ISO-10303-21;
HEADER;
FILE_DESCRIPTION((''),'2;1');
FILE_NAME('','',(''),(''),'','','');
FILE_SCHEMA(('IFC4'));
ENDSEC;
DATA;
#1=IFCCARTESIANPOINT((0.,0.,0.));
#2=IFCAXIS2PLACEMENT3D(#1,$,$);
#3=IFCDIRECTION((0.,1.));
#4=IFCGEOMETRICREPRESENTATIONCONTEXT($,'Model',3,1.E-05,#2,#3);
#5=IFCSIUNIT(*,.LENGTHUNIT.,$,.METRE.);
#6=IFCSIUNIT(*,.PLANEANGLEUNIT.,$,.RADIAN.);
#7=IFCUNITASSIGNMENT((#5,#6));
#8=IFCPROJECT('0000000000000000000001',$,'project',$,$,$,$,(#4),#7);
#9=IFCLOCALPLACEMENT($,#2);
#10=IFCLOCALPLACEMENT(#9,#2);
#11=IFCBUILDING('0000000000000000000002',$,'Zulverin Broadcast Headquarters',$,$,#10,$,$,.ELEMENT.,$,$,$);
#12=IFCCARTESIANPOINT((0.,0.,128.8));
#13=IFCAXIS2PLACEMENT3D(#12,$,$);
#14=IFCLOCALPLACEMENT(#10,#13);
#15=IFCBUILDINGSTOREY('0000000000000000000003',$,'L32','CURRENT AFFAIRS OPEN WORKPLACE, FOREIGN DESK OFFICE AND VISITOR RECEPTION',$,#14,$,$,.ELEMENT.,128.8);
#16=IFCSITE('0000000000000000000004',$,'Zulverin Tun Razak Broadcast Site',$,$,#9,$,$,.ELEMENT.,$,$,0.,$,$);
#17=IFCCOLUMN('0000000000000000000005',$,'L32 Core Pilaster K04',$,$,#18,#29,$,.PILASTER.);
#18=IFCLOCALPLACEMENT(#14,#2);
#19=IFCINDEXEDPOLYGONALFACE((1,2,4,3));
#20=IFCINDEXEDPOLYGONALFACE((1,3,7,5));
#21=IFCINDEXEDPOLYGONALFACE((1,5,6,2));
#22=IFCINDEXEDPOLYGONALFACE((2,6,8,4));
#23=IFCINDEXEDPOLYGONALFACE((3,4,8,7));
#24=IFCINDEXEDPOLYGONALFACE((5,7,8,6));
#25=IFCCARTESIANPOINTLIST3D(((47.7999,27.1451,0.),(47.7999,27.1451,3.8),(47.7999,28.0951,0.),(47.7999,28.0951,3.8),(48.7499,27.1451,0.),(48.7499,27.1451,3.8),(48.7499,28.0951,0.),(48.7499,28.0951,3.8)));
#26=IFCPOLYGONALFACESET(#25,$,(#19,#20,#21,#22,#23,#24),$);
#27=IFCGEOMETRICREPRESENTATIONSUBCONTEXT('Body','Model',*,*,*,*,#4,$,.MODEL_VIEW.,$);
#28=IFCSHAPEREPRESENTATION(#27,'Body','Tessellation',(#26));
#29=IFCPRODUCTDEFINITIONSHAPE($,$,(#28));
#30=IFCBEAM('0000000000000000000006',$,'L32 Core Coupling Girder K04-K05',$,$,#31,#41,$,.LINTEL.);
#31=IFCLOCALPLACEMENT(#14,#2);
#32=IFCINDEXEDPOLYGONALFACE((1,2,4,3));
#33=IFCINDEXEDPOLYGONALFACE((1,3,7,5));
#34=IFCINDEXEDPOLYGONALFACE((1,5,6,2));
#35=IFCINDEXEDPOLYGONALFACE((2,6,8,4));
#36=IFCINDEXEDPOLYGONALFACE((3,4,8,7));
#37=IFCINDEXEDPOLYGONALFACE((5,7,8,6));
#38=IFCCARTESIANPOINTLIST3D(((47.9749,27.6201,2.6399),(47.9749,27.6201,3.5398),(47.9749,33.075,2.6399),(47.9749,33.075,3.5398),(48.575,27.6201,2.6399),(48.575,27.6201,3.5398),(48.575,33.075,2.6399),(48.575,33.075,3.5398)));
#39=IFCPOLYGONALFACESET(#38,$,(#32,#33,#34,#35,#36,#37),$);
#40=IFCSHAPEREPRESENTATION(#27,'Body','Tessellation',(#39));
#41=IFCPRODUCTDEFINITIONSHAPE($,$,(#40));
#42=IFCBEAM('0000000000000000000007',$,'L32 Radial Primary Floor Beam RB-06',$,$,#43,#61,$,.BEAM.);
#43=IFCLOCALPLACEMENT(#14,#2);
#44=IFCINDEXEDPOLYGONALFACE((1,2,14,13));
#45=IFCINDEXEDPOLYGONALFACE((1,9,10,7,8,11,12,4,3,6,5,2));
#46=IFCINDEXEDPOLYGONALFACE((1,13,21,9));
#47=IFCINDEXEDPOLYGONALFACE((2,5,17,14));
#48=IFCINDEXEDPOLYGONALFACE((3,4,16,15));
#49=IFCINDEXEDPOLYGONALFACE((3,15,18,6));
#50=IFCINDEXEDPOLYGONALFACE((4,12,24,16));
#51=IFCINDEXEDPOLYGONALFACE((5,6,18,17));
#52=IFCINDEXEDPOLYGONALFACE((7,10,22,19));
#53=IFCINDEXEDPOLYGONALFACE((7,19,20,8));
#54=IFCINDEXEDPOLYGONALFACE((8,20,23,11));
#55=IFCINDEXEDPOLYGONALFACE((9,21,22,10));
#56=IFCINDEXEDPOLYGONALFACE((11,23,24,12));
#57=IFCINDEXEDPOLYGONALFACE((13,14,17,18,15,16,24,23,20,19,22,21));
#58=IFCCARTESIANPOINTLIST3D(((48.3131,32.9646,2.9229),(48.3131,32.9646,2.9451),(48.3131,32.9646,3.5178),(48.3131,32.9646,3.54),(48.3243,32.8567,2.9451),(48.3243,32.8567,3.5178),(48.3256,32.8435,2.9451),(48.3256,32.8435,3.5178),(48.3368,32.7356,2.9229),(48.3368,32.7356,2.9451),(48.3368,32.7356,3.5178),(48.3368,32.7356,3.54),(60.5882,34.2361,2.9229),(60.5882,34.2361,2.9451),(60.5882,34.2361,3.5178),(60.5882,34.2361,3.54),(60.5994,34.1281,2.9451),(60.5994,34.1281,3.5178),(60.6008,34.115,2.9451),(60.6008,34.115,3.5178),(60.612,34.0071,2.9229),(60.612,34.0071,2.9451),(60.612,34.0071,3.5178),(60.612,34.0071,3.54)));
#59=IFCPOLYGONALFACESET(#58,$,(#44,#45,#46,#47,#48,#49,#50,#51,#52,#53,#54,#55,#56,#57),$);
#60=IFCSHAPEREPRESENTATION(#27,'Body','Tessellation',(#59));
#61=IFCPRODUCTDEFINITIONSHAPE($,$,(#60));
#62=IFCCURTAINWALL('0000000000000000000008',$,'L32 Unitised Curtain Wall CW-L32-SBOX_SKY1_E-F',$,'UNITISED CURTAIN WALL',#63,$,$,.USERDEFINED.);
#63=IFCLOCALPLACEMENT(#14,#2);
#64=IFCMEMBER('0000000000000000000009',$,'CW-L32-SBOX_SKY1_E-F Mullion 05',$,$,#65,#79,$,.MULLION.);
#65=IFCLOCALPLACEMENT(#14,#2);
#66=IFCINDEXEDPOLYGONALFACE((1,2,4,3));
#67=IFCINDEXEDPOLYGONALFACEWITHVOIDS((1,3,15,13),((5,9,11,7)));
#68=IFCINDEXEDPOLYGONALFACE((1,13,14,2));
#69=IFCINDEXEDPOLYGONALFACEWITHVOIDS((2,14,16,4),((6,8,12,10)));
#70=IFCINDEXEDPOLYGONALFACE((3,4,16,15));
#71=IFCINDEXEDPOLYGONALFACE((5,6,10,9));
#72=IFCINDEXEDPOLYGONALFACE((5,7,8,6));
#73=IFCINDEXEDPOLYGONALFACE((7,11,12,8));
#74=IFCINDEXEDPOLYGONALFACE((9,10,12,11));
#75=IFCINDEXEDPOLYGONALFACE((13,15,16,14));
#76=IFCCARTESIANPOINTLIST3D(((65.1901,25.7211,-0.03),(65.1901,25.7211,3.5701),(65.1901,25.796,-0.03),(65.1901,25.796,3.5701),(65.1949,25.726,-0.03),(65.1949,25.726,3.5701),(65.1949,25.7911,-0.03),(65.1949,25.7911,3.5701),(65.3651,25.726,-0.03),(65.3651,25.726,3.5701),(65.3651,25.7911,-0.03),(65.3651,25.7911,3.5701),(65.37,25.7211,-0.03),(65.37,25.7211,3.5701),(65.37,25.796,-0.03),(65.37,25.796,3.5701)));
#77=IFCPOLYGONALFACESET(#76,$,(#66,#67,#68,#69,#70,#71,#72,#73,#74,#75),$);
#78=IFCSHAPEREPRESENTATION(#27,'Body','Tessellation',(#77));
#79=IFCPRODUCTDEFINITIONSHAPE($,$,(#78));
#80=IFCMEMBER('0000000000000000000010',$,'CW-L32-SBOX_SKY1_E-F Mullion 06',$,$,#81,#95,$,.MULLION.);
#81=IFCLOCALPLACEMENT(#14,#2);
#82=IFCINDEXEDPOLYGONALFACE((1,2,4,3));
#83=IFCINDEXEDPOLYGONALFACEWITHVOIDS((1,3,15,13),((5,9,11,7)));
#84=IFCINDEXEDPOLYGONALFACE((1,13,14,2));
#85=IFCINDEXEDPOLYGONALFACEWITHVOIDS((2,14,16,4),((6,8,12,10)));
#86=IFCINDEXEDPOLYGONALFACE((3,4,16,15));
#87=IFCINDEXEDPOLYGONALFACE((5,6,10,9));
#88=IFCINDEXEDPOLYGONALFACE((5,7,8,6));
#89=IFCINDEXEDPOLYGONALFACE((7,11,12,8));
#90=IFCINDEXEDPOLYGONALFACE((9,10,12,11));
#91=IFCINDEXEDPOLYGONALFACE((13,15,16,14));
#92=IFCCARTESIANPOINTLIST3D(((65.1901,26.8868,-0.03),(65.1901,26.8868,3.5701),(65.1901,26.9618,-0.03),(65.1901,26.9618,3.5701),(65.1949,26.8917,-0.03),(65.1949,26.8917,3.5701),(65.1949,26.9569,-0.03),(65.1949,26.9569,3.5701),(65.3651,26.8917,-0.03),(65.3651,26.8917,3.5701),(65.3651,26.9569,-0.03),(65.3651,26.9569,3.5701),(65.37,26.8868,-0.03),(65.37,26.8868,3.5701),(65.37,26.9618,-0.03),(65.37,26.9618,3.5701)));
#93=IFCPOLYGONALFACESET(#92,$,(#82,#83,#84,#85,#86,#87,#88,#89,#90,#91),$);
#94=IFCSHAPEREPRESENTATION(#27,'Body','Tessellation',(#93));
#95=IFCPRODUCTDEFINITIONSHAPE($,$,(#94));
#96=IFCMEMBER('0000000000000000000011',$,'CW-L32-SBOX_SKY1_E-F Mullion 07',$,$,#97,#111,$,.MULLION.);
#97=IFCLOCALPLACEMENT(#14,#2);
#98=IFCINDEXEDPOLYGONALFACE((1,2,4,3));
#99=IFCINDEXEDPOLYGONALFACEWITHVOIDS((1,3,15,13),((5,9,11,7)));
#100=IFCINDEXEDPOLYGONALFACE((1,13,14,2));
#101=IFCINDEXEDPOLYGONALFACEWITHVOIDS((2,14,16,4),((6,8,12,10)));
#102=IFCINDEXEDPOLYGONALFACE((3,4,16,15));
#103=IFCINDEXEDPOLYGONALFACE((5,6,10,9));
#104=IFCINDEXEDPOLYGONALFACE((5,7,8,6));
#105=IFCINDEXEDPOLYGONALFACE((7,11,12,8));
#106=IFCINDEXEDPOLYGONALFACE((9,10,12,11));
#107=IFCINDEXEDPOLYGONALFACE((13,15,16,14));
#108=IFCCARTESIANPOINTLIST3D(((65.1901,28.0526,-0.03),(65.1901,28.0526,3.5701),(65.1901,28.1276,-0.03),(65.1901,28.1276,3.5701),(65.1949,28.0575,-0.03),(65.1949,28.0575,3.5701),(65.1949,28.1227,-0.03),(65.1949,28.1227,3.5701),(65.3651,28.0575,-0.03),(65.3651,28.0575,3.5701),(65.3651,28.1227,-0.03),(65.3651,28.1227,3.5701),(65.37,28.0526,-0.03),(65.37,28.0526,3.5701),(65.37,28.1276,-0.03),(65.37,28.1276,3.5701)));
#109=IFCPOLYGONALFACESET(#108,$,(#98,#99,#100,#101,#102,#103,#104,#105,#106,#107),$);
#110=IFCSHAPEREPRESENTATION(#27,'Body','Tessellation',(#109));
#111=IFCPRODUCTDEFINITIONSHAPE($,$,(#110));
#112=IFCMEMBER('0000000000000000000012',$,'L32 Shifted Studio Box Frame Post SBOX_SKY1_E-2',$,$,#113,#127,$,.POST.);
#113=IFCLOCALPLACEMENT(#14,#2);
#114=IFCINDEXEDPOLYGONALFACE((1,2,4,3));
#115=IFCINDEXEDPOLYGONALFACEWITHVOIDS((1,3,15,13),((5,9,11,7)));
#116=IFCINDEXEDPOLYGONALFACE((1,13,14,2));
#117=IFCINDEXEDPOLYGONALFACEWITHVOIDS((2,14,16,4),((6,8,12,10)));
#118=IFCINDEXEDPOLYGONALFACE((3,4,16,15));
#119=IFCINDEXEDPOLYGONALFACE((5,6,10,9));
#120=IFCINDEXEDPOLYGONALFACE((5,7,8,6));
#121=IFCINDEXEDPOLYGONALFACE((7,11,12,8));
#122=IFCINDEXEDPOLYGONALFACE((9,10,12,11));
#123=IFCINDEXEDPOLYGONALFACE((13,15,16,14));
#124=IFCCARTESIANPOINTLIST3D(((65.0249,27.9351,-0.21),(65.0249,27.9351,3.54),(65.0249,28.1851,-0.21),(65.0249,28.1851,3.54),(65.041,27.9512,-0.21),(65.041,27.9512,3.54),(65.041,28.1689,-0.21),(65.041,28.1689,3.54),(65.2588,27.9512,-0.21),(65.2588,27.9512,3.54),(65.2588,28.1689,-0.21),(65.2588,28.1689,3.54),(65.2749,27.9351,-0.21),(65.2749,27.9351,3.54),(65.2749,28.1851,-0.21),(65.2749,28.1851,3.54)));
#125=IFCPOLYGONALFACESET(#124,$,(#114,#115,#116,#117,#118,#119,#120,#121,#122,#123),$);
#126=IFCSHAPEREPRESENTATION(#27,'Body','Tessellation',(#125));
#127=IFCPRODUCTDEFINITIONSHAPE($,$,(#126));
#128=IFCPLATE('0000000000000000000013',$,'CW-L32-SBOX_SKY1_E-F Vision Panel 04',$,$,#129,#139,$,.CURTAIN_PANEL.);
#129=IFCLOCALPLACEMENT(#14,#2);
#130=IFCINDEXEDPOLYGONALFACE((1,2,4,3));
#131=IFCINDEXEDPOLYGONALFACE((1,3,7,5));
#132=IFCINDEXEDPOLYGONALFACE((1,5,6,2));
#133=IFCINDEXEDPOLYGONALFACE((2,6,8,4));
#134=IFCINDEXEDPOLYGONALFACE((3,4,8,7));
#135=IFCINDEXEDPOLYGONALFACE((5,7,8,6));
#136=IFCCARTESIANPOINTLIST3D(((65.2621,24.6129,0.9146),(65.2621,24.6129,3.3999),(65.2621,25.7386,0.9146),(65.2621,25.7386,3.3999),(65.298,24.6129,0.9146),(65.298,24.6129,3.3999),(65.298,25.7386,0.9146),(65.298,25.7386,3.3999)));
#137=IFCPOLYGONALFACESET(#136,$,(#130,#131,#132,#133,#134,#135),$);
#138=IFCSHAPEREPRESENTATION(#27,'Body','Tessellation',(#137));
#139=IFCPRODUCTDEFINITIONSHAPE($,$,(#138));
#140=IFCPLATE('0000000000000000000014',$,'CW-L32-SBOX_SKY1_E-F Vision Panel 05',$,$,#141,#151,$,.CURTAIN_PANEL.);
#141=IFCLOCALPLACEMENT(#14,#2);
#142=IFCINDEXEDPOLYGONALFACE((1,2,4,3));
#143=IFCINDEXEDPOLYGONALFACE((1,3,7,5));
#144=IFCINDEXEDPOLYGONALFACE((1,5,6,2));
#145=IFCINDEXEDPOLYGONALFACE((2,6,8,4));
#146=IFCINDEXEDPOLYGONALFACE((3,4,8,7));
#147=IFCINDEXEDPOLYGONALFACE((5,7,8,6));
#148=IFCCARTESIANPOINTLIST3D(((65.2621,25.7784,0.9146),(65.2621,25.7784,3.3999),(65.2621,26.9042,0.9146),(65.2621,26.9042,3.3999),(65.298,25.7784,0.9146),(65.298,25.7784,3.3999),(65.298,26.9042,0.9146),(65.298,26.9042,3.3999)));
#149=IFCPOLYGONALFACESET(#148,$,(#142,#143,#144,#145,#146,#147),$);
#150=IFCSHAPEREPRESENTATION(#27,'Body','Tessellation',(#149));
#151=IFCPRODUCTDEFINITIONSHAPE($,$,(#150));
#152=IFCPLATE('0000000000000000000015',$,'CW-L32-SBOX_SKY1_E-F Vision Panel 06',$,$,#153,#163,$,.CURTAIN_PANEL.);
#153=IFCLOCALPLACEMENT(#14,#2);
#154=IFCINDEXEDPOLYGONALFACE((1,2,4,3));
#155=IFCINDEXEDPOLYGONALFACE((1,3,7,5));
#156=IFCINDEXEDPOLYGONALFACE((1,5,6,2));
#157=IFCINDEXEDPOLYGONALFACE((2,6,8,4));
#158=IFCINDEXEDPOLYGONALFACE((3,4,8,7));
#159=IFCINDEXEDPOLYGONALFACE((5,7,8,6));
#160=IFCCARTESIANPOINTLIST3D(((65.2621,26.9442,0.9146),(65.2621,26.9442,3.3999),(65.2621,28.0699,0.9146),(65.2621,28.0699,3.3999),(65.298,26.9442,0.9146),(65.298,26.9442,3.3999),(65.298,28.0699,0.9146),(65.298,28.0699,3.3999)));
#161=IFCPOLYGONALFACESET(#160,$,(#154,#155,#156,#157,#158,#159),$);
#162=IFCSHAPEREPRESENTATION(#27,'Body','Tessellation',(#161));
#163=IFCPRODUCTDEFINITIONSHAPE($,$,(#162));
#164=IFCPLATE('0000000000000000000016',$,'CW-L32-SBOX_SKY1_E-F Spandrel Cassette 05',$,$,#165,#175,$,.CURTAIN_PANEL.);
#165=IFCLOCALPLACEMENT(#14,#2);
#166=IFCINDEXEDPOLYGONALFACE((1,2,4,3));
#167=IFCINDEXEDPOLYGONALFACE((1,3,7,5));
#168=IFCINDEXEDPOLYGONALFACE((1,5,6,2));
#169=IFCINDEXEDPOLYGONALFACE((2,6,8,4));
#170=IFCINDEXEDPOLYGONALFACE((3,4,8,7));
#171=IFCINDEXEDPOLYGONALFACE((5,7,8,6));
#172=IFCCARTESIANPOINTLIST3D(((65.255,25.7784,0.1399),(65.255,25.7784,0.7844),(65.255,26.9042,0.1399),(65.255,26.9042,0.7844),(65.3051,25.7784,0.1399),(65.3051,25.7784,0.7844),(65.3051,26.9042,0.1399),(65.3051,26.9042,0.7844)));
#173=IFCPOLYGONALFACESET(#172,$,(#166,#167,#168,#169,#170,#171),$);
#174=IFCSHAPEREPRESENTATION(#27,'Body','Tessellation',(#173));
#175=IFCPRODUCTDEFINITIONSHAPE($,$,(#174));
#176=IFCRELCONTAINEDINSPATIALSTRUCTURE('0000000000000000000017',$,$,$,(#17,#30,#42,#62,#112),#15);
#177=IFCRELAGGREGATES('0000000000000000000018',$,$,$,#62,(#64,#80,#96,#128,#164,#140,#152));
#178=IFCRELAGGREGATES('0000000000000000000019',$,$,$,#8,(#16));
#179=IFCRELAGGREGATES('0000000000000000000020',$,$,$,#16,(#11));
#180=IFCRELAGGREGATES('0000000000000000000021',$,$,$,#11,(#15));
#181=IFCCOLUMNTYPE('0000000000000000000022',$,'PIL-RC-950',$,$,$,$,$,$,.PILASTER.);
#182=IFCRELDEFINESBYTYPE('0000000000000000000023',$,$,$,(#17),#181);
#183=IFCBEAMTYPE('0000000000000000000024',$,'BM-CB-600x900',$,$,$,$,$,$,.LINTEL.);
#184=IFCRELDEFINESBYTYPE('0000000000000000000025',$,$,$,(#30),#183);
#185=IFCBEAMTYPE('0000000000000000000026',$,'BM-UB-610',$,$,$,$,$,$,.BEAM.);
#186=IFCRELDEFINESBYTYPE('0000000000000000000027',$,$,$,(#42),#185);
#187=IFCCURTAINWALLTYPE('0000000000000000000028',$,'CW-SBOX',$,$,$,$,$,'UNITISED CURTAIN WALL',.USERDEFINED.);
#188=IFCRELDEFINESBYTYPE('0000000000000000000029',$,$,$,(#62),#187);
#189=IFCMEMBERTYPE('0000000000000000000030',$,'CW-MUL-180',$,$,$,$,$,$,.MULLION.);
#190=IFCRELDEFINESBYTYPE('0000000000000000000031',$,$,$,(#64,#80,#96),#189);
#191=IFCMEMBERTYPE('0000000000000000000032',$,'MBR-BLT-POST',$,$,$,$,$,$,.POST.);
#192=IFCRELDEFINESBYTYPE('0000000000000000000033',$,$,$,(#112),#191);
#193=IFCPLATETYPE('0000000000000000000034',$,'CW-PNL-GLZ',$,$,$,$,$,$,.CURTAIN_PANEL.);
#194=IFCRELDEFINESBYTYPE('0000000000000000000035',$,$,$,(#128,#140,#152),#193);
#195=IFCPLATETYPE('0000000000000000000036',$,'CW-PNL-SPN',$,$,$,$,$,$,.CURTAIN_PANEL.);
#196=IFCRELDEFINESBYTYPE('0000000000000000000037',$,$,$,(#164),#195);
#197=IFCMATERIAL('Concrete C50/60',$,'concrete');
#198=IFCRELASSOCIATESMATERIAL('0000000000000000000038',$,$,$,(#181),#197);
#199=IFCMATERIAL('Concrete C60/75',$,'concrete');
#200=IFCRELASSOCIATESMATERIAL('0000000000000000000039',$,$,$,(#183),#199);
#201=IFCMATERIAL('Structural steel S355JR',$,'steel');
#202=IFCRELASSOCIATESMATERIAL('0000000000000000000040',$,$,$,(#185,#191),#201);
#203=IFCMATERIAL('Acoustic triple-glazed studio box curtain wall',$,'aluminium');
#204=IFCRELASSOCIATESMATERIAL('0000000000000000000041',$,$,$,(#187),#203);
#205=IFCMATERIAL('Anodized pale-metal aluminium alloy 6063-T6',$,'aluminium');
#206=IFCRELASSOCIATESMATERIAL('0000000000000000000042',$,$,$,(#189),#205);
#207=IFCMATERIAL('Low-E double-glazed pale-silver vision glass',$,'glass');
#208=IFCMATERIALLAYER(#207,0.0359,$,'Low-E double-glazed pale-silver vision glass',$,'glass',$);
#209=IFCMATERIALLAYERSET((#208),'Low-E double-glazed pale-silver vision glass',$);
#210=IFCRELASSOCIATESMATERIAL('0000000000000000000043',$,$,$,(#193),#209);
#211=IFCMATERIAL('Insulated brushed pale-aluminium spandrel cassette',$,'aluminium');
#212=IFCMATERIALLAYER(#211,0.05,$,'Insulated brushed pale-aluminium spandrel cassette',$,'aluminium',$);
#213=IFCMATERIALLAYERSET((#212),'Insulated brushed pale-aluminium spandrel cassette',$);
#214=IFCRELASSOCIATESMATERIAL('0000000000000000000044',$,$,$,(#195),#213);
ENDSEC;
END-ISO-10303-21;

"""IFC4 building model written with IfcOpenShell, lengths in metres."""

from ifc_helpers import new_model, si_unit, direction, frame, origin, origin_2d, place, context, subcontext, project, spatial, rectangle, hollow_rectangle, i_section, extrude, material, layer, layer_set, material_profile, profile_set, type_object, element, aggregate, save


model = new_model("IFC4")

# Units and contexts
model_context = context("Model", 3, precision=1e-05, world=origin(), true_north=direction((0.0, 1.0)))
body_context = subcontext(model_context, "Body", "Model", "MODEL_VIEW")
ifc_project = project(units=[si_unit("LENGTHUNIT", "METRE"), si_unit("PLANEANGLEUNIT", "RADIAN")], contexts=[model_context])

# Site, building, storey
site_placement = place(None, origin())
site = spatial("IfcSite", under=ifc_project, at=site_placement, Name="Zulverin Tun Razak Broadcast Site", CompositionType="ELEMENT", RefElevation=0.0)
building_placement = place(site_placement, origin())
building = spatial("IfcBuilding", under=site, at=building_placement, Name="Zulverin Broadcast Headquarters", CompositionType="ELEMENT")
storey_placement = place(building_placement, frame((0.0, 0.0, 128.8)))
storey = spatial("IfcBuildingStorey", under=building, at=storey_placement, Name="L32", Description="CURRENT AFFAIRS OPEN WORKPLACE, FOREIGN DESK OFFICE AND VISITOR RECEPTION", CompositionType="ELEMENT", Elevation=128.8)

# Column
ifc_material_1 = material(Name="Concrete C50/60", Category="concrete")
ifc_material_profile_1 = material_profile(ifc_material_1, rectangle(XDim=0.95, YDim=0.95, at=origin_2d()), Name="Concrete C50/60", Category="concrete")
ifc_profile_set_1 = profile_set([ifc_material_profile_1], Name="Concrete C50/60")
column_type = type_object("IfcColumnType", Name="PIL-RC-950", PredefinedType="PILASTER", material=ifc_profile_set_1)
column_placement = place(storey_placement, frame((48.2749, 27.6201, 0.0), z_axis=(0.0, 0.0, 1.0), x_axis=(1.0, 0.0, 0.0)))
element("IfcColumn", 1, at=column_placement, inside=storey, type_object=column_type, Name="L32 Core Pilaster K04", PredefinedType="PILASTER", context=body_context, shape_type="SweptSolid", body=[
    extrude(rectangle(XDim=0.95, YDim=0.95, at=origin_2d()), origin(), (0.0, 0.0, 1.0), 3.8),
])

# Beams
ifc_material_2 = material(Name="Concrete C60/75", Category="concrete")
ifc_material_profile_2 = material_profile(ifc_material_2, rectangle(XDim=0.6001, YDim=0.8999, at=origin_2d()), Name="Concrete C60/75", Category="concrete")
ifc_profile_set_2 = profile_set([ifc_material_profile_2], Name="Concrete C60/75")
beam_type_1 = type_object("IfcBeamType", Name="BM-CB-600x900", PredefinedType="LINTEL", material=ifc_profile_set_2)
beam_1_placement = place(storey_placement, frame((48.2749, 27.6201, 3.0898), z_axis=(0.0, 1.0, 0.0), x_axis=(-1.0, 0.0, 0.0)))
element("IfcBeam", 2, at=beam_1_placement, inside=storey, type_object=beam_type_1, Name="L32 Core Coupling Girder K04-K05", PredefinedType="LINTEL", context=body_context, shape_type="SweptSolid", body=[
    extrude(rectangle(XDim=0.6001, YDim=0.8999, at=origin_2d()), origin(), (0.0, 0.0, 1.0), 5.4548),
])
ifc_material_3 = material(Name="Structural steel S355JR", Category="steel")
ifc_material_profile_3 = material_profile(ifc_material_3, i_section(OverallWidth=0.2302, OverallDepth=0.6172, WebThickness=0.0132, FlangeThickness=0.0222, at=origin_2d()), Name="Structural steel S355JR", Category="steel")
ifc_profile_set_3 = profile_set([ifc_material_profile_3], Name="Structural steel S355JR")
beam_type_2 = type_object("IfcBeamType", Name="BM-UB-610", PredefinedType="BEAM", material=ifc_profile_set_3)
beam_2_placement = place(storey_placement, frame((48.325, 32.8501, 3.2314), z_axis=(0.994678, 0.103031, 0.0), x_axis=(-0.103031, 0.994678, 0.0)))
element("IfcBeam", 3, at=beam_2_placement, inside=storey, type_object=beam_type_2, Name="L32 Radial Primary Floor Beam RB-06", PredefinedType="BEAM", context=body_context, shape_type="SweptSolid", body=[
    extrude(i_section(OverallWidth=0.2302, OverallDepth=0.6172, WebThickness=0.0132, FlangeThickness=0.0222, at=origin_2d()), origin(), (0.0, 0.0, 1.0), 12.3408),
])

# Curtain wall, members
ifc_material_4 = material(Name="Acoustic triple-glazed studio box curtain wall", Category="aluminium")
curtain_wall_type = type_object("IfcCurtainWallType", Name="CW-SBOX", ElementType="UNITISED CURTAIN WALL", PredefinedType="USERDEFINED", material=ifc_material_4)
curtain_wall_placement = place(storey_placement, origin())
curtain_wall = element("IfcCurtainWall", 4, at=curtain_wall_placement, inside=storey, type_object=curtain_wall_type, Name="L32 Unitised Curtain Wall CW-L32-SBOX_SKY1_E-F", ObjectType="UNITISED CURTAIN WALL", PredefinedType="USERDEFINED")
ifc_material_5 = material(Name="Anodized pale-metal aluminium alloy 6063-T6", Category="aluminium")
ifc_material_profile_4 = material_profile(ifc_material_5, hollow_rectangle(XDim=0.075, YDim=0.1799, WallThickness=0.0049, at=origin_2d()), Name="Anodized pale-metal aluminium alloy 6063-T6", Category="aluminium")
ifc_profile_set_4 = profile_set([ifc_material_profile_4], Name="Anodized pale-metal aluminium alloy 6063-T6")
member_type_1 = type_object("IfcMemberType", Name="CW-MUL-180", PredefinedType="MULLION", material=ifc_profile_set_4)
member_1_placement = place(storey_placement, frame((65.28, 25.7585, -0.03), z_axis=(0.0, 0.0, 1.0), x_axis=(0.0, 1.0, 0.0)))
member_1 = element("IfcMember", 5, at=member_1_placement, type_object=member_type_1, Name="CW-L32-SBOX_SKY1_E-F Mullion 05", PredefinedType="MULLION", context=body_context, shape_type="SweptSolid", body=[
    extrude(hollow_rectangle(XDim=0.075, YDim=0.1799, WallThickness=0.0049, at=origin_2d()), origin(), (0.0, 0.0, 1.0), 3.6001),
])
member_2_placement = place(storey_placement, frame((65.28, 26.9243, -0.03), z_axis=(0.0, 0.0, 1.0), x_axis=(0.0, 1.0, 0.0)))
member_2 = element("IfcMember", 6, at=member_2_placement, type_object=member_type_1, Name="CW-L32-SBOX_SKY1_E-F Mullion 06", PredefinedType="MULLION", context=body_context, shape_type="SweptSolid", body=[
    extrude(hollow_rectangle(XDim=0.075, YDim=0.1799, WallThickness=0.0049, at=origin_2d()), origin(), (0.0, 0.0, 1.0), 3.6001),
])
member_3_placement = place(storey_placement, frame((65.28, 28.0901, -0.03), z_axis=(0.0, 0.0, 1.0), x_axis=(0.0, 1.0, 0.0)))
member_3 = element("IfcMember", 7, at=member_3_placement, type_object=member_type_1, Name="CW-L32-SBOX_SKY1_E-F Mullion 07", PredefinedType="MULLION", context=body_context, shape_type="SweptSolid", body=[
    extrude(hollow_rectangle(XDim=0.075, YDim=0.1799, WallThickness=0.0049, at=origin_2d()), origin(), (0.0, 0.0, 1.0), 3.6001),
])

# Member
ifc_material_profile_5 = material_profile(ifc_material_3, hollow_rectangle(XDim=0.25, YDim=0.25, WallThickness=0.0161, at=origin_2d()), Name="Structural steel S355JR", Category="steel")
ifc_profile_set_5 = profile_set([ifc_material_profile_5], Name="Structural steel S355JR")
member_type_2 = type_object("IfcMemberType", Name="MBR-BLT-POST", PredefinedType="POST", material=ifc_profile_set_5)
member_4_placement = place(storey_placement, frame((65.1499, 28.0601, -0.21), z_axis=(0.0, 0.0, 1.0), x_axis=(1.0, 0.0, 0.0)))
element("IfcMember", 8, at=member_4_placement, inside=storey, type_object=member_type_2, Name="L32 Shifted Studio Box Frame Post SBOX_SKY1_E-2", PredefinedType="POST", context=body_context, shape_type="SweptSolid", body=[
    extrude(hollow_rectangle(XDim=0.25, YDim=0.25, WallThickness=0.0161, at=origin_2d()), origin(), (0.0, 0.0, 1.0), 3.75),
])

# Plates
ifc_material_6 = material(Name="Low-E double-glazed pale-silver vision glass", Category="glass")
ifc_layer_1 = layer(ifc_material_6, 0.0359, Name="Low-E double-glazed pale-silver vision glass", Category="glass")
ifc_layer_set_1 = layer_set([ifc_layer_1], Name="Low-E double-glazed pale-silver vision glass")
plate_type_1 = type_object("IfcPlateType", Name="CW-PNL-GLZ", PredefinedType="CURTAIN_PANEL", material=ifc_layer_set_1)
plate_1_placement = place(storey_placement, frame((65.28, 25.1758, 0.9146), z_axis=(0.0, 0.0, 1.0), x_axis=(0.0, 1.0, 0.0)))
plate_1 = element("IfcPlate", 9, at=plate_1_placement, type_object=plate_type_1, Name="CW-L32-SBOX_SKY1_E-F Vision Panel 04", PredefinedType="CURTAIN_PANEL", context=body_context, shape_type="SweptSolid", body=[
    extrude(rectangle(XDim=1.1257, YDim=0.0359, at=origin_2d()), origin(), (0.0, 0.0, 1.0), 2.4854),
])
plate_2_placement = place(storey_placement, frame((65.28, 26.3413, 0.9146), z_axis=(0.0, 0.0, 1.0), x_axis=(0.0, 1.0, 0.0)))
plate_2 = element("IfcPlate", 10, at=plate_2_placement, type_object=plate_type_1, Name="CW-L32-SBOX_SKY1_E-F Vision Panel 05", PredefinedType="CURTAIN_PANEL", context=body_context, shape_type="SweptSolid", body=[
    extrude(rectangle(XDim=1.1257, YDim=0.0359, at=origin_2d()), origin(), (0.0, 0.0, 1.0), 2.4854),
])
plate_3_placement = place(storey_placement, frame((65.28, 27.5071, 0.9146), z_axis=(0.0, 0.0, 1.0), x_axis=(0.0, 1.0, 0.0)))
plate_3 = element("IfcPlate", 11, at=plate_3_placement, type_object=plate_type_1, Name="CW-L32-SBOX_SKY1_E-F Vision Panel 06", PredefinedType="CURTAIN_PANEL", context=body_context, shape_type="SweptSolid", body=[
    extrude(rectangle(XDim=1.1257, YDim=0.0359, at=origin_2d()), origin(), (0.0, 0.0, 1.0), 2.4854),
])
ifc_material_7 = material(Name="Insulated brushed pale-aluminium spandrel cassette", Category="aluminium")
ifc_layer_2 = layer(ifc_material_7, 0.05, Name="Insulated brushed pale-aluminium spandrel cassette", Category="aluminium")
ifc_layer_set_2 = layer_set([ifc_layer_2], Name="Insulated brushed pale-aluminium spandrel cassette")
plate_type_2 = type_object("IfcPlateType", Name="CW-PNL-SPN", PredefinedType="CURTAIN_PANEL", material=ifc_layer_set_2)
plate_4_placement = place(storey_placement, frame((65.28, 26.3413, 0.1399), z_axis=(0.0, 0.0, 1.0), x_axis=(0.0, 1.0, 0.0)))
plate_4 = element("IfcPlate", 12, at=plate_4_placement, type_object=plate_type_2, Name="CW-L32-SBOX_SKY1_E-F Spandrel Cassette 05", PredefinedType="CURTAIN_PANEL", context=body_context, shape_type="SweptSolid", body=[
    extrude(rectangle(XDim=1.1257, YDim=0.05, at=origin_2d()), origin(), (0.0, 0.0, 1.0), 0.6445),
])
aggregate(curtain_wall, [member_1, member_2, member_3, plate_1, plate_4, plate_2, plate_3])

save(model, "model.ifc")
